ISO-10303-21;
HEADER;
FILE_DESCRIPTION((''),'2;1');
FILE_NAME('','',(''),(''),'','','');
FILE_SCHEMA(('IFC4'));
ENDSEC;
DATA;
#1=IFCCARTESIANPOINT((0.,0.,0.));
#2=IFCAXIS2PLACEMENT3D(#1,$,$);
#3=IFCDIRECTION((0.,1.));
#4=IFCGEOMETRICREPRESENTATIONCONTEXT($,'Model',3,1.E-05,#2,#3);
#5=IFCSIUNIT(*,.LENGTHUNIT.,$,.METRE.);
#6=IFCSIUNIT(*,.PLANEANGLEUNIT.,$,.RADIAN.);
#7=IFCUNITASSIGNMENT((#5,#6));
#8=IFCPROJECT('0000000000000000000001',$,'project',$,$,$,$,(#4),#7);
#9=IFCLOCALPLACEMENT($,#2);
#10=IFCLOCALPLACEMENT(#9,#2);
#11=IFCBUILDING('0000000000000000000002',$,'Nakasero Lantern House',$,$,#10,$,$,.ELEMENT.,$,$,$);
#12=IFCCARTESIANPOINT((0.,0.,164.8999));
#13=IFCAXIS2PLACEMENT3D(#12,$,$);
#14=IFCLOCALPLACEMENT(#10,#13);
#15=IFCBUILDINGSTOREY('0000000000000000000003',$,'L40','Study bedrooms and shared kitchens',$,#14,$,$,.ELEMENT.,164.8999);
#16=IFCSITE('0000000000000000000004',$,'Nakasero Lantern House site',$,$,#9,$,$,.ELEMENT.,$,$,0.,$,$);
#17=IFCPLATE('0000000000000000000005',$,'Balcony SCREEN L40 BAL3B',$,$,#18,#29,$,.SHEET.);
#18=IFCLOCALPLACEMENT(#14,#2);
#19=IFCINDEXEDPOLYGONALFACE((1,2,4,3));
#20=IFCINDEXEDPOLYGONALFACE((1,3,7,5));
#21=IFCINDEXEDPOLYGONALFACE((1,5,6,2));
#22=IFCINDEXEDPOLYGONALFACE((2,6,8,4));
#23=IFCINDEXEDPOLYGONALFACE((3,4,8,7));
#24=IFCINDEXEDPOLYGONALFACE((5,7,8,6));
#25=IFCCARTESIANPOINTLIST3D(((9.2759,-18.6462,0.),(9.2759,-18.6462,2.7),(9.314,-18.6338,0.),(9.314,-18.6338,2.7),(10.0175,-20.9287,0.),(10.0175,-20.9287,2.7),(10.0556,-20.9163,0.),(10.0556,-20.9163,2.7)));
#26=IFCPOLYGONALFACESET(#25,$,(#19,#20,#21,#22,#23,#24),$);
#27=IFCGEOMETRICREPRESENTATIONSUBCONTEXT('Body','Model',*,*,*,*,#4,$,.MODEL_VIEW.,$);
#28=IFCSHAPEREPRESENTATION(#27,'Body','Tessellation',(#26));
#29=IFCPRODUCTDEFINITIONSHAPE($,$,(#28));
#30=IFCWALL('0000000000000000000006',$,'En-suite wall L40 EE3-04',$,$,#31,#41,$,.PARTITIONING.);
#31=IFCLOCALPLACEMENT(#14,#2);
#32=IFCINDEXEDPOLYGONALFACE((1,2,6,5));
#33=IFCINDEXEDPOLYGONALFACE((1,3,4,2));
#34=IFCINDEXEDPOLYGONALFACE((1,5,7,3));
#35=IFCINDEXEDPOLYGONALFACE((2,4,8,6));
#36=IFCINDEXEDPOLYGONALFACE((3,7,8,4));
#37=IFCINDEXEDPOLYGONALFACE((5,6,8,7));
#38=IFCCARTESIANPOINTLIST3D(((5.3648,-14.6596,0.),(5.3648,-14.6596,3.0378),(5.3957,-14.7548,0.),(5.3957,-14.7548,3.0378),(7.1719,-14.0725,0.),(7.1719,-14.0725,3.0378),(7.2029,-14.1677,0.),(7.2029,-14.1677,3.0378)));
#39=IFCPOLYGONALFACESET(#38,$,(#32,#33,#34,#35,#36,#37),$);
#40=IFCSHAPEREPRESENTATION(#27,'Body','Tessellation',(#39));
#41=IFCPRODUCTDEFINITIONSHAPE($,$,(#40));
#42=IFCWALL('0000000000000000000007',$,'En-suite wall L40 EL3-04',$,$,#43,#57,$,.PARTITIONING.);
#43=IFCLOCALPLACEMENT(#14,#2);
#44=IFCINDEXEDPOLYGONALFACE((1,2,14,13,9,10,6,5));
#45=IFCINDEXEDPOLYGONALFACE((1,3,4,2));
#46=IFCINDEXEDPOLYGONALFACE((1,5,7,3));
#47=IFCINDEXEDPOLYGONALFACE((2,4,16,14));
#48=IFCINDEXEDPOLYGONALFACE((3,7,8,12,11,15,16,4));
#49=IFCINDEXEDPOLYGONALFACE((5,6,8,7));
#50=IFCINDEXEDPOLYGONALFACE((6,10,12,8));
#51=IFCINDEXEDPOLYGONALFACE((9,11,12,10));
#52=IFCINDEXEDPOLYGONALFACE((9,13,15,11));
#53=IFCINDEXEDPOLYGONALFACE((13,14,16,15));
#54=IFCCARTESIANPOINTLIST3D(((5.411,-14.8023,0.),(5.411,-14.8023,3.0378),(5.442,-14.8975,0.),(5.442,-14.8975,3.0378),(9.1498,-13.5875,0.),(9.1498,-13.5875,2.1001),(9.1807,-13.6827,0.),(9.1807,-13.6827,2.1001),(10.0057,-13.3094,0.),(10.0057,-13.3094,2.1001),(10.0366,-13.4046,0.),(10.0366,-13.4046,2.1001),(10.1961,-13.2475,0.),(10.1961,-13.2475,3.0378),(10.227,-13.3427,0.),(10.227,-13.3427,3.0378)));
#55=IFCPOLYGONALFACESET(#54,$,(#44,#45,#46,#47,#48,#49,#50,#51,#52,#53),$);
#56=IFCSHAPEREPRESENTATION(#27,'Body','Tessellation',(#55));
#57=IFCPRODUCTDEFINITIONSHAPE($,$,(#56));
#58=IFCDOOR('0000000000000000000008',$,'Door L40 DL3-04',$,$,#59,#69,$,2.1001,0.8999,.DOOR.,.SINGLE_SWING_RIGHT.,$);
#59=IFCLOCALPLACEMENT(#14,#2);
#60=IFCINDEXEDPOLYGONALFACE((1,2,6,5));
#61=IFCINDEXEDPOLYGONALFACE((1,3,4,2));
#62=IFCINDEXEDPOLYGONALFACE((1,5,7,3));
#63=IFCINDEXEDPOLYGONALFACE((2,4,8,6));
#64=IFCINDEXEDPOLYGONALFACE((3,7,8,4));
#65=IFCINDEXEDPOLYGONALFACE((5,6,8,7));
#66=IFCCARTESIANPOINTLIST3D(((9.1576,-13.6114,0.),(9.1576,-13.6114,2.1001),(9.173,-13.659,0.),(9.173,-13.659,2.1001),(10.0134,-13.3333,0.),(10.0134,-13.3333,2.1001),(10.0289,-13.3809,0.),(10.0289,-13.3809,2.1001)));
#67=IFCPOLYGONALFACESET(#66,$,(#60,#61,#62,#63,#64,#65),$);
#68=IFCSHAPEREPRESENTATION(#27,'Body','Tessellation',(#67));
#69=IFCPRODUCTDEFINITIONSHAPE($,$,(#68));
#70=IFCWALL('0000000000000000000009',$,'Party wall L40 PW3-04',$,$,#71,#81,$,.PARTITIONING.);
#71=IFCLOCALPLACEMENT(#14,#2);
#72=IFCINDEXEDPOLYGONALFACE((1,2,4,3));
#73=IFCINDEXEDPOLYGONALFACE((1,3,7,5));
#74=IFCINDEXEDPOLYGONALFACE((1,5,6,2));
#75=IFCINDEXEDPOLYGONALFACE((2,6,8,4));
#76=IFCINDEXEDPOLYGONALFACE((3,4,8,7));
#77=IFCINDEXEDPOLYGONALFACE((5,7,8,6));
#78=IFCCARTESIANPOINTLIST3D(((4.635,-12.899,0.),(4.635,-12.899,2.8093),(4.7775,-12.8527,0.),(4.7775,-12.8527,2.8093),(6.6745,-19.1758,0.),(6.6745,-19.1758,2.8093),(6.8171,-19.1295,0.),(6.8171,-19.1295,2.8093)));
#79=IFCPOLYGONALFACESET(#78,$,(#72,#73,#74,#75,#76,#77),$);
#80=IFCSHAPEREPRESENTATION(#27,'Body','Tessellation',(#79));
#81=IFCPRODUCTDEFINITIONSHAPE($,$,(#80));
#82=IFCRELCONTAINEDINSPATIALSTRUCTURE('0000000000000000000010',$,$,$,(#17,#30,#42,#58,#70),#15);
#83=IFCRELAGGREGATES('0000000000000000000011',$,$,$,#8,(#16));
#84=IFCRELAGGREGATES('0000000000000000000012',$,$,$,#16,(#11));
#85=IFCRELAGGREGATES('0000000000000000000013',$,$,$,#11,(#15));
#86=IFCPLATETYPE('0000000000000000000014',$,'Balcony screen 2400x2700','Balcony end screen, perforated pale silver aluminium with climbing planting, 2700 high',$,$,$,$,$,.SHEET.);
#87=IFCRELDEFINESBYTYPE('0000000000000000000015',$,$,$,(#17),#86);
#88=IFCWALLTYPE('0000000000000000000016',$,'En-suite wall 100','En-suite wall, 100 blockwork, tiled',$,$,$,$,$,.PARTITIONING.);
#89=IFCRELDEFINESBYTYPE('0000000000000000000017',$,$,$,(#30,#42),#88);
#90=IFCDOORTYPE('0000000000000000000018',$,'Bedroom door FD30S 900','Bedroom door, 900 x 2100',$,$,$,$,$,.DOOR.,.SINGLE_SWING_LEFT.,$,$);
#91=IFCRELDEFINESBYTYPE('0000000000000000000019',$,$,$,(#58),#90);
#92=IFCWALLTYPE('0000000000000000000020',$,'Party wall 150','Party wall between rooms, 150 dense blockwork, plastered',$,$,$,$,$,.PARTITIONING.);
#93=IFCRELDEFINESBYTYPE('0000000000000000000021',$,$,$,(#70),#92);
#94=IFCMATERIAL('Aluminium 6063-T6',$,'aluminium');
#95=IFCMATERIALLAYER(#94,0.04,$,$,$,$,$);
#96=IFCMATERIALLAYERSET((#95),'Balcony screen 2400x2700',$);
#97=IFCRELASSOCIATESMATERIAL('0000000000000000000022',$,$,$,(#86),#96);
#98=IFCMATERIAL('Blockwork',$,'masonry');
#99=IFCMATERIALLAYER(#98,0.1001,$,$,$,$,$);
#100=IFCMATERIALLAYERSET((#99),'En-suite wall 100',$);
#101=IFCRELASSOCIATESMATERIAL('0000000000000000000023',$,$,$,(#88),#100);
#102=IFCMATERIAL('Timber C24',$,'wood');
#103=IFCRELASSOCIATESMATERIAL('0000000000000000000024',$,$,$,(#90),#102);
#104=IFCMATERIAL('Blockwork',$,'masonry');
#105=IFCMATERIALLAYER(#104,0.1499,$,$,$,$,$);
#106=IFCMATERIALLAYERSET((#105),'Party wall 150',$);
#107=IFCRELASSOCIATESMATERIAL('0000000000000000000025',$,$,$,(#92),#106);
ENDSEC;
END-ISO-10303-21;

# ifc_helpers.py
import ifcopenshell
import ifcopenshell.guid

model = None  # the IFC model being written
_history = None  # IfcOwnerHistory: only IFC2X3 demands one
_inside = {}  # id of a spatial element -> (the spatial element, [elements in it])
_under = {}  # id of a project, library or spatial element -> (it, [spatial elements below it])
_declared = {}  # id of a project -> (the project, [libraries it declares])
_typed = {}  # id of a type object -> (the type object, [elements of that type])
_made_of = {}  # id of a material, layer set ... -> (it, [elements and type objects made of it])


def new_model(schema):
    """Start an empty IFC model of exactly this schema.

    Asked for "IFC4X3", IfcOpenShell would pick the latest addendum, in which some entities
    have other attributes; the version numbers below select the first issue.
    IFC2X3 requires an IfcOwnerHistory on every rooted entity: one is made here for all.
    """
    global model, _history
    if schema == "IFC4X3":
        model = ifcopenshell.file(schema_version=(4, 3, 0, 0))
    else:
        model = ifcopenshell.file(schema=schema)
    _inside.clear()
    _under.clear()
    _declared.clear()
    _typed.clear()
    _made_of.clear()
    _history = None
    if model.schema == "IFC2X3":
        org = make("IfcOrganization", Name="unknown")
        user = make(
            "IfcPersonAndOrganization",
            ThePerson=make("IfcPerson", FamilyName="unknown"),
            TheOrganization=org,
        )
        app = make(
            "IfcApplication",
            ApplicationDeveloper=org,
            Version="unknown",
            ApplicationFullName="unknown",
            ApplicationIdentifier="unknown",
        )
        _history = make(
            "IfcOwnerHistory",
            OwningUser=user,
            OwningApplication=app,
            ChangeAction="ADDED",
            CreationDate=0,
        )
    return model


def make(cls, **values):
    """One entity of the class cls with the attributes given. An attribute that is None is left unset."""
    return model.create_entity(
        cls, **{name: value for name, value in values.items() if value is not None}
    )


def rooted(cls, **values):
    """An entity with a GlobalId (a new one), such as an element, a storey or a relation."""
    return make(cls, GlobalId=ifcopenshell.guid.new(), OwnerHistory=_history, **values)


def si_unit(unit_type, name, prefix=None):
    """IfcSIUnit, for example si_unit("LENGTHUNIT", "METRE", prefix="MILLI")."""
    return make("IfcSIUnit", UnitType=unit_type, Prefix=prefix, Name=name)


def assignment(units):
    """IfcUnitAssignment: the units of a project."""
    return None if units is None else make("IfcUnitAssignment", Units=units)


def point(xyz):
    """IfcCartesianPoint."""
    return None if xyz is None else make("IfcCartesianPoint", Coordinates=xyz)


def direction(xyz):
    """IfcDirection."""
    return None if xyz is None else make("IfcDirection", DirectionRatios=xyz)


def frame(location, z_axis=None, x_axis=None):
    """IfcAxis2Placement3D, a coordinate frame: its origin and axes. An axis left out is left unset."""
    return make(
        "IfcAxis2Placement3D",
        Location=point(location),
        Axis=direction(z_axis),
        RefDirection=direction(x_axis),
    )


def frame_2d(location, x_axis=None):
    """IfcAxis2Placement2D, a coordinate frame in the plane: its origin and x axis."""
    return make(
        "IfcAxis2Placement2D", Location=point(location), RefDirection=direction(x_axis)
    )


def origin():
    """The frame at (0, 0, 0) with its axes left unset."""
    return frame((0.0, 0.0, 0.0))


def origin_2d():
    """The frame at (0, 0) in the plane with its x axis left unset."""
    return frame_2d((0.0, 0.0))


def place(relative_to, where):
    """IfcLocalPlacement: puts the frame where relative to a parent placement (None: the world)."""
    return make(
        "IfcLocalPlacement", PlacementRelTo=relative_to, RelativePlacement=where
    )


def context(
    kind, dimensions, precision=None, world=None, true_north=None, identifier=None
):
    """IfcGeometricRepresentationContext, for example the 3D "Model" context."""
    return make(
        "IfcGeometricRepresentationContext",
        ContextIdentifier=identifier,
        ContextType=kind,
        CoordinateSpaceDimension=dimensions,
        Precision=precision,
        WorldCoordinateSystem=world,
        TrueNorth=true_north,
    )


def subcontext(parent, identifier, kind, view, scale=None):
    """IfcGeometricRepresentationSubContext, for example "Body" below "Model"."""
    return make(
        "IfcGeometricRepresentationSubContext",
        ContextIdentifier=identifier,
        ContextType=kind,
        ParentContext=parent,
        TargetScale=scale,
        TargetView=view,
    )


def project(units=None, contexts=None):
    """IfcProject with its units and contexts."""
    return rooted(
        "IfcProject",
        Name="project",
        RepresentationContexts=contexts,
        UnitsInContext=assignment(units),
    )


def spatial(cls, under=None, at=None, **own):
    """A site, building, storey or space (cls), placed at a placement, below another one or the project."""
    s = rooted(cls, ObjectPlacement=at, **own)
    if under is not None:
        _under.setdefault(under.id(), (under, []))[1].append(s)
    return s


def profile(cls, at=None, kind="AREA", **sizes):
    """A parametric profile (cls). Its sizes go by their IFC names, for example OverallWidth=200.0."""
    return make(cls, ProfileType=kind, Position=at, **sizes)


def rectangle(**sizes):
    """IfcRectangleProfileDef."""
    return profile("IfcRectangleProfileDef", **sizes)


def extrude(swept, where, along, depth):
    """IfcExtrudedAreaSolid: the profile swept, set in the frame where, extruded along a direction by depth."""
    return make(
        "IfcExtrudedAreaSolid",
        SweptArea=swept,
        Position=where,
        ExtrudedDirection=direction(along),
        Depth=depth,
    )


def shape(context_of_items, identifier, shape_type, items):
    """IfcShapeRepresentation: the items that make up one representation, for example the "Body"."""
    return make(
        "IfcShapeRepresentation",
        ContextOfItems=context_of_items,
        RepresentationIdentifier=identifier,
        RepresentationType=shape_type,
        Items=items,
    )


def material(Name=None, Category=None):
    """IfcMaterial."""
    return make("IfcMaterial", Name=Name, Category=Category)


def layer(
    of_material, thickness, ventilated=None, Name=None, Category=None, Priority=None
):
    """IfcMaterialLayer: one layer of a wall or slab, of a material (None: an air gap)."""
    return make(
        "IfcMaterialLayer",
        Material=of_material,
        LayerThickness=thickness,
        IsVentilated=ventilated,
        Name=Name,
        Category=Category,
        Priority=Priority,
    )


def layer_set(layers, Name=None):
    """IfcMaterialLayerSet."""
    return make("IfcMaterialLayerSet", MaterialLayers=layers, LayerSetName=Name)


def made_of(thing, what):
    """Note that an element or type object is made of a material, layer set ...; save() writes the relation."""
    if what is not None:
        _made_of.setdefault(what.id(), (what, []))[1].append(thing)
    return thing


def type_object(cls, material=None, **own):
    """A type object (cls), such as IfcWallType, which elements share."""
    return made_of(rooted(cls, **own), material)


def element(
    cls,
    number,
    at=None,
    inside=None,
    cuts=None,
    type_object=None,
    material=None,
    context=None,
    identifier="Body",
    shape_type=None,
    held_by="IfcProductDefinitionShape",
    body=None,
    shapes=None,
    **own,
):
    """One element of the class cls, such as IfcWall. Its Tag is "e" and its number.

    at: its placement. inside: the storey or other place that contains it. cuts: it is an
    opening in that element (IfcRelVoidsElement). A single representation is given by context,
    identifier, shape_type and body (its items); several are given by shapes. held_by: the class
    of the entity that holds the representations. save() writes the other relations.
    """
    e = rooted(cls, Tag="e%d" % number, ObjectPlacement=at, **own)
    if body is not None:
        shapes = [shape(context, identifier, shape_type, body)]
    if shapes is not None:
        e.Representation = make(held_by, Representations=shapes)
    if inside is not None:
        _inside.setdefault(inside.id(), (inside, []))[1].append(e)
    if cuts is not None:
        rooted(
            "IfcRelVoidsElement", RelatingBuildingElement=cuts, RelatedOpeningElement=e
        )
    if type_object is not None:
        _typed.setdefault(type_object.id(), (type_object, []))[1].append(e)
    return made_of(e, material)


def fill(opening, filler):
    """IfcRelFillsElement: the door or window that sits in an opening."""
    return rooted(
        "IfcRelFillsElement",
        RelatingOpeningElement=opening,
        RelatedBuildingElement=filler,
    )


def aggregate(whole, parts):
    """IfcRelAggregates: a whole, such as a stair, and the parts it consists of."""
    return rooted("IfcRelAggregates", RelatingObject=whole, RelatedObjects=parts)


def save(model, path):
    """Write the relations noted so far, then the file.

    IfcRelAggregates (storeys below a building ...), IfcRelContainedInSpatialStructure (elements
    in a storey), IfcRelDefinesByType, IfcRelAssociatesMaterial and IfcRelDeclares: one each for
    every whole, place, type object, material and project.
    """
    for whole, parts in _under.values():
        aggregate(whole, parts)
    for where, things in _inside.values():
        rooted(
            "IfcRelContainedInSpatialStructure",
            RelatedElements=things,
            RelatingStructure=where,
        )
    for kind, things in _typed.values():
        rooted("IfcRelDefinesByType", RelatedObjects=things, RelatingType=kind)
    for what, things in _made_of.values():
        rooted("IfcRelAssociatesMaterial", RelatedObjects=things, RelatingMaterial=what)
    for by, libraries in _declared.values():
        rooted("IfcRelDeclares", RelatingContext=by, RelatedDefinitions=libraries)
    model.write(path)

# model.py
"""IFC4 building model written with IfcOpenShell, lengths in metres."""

from ifc_helpers import new_model, si_unit, direction, frame, frame_2d, origin, origin_2d, place, context, subcontext, project, spatial, rectangle, extrude, material, layer, layer_set, type_object, element, fill, save


model = new_model("IFC4")

# Units and contexts
model_context = context("Model", 3, precision=1e-05, world=origin(), true_north=direction((0.0, 1.0)))
body_context = subcontext(model_context, "Body", "Model", "MODEL_VIEW")
ifc_project = project(units=[si_unit("LENGTHUNIT", "METRE"), si_unit("PLANEANGLEUNIT", "RADIAN")], contexts=[model_context])

# Site, building, storey
site_placement = place(None, origin())
site = spatial("IfcSite", under=ifc_project, at=site_placement, Name="Nakasero Lantern House site", CompositionType="ELEMENT", RefElevation=0.0)
building_placement = place(site_placement, origin())
building = spatial("IfcBuilding", under=site, at=building_placement, Name="Nakasero Lantern House", CompositionType="ELEMENT")
storey_placement = place(building_placement, frame((0.0, 0.0, 164.8999)))
storey = spatial("IfcBuildingStorey", under=building, at=storey_placement, Name="L40", Description="Study bedrooms and shared kitchens", CompositionType="ELEMENT", Elevation=164.8999)

# Plate
ifc_material_1 = material(Name="Aluminium 6063-T6", Category="aluminium")
ifc_layer_1 = layer(ifc_material_1, 0.04)
ifc_layer_set_1 = layer_set([ifc_layer_1], Name="Balcony screen 2400x2700")
plate_type_1 = type_object("IfcPlateType", Name="Balcony screen 2400x2700", Description="Balcony end screen, perforated pale silver aluminium with climbing planting, 2700 high", PredefinedType="SHEET", material=ifc_layer_set_1)
for number, where, z_axis, x_axis, name in (
    (1, (9.6658, -19.7812, 0.0), (0.0, 0.0, 1.0), (0.309017, -0.951057, 0.0), "Balcony SCREEN L40 BAL3B"),
):
    element("IfcPlate", number, at=place(storey_placement, frame(where, z_axis=z_axis, x_axis=x_axis)), inside=storey, type_object=plate_type_1, Name=name, PredefinedType="SHEET", context=body_context, shape_type="SweptSolid", body=[
        extrude(rectangle(XDim=2.3999, YDim=0.04, at=origin_2d()), origin(), (0.0, 0.0, 1.0), 2.7),
    ])

# Wall
ifc_material_2 = material(Name="Blockwork", Category="masonry")
ifc_layer_2 = layer(ifc_material_2, 0.1001)
ifc_layer_set_2 = layer_set([ifc_layer_2], Name="En-suite wall 100")
wall_type_1 = type_object("IfcWallType", Name="En-suite wall 100", Description="En-suite wall, 100 blockwork, tiled", PredefinedType="PARTITIONING", material=ifc_layer_set_2)
wall_1_placement = place(storey_placement, frame((5.3801, -14.7073, 0.0), z_axis=(0.0, 0.0, 1.0), x_axis=(0.951059, 0.309011, 0.0)))
element("IfcWall", 2, at=wall_1_placement, inside=storey, type_object=wall_type_1, Name="En-suite wall L40 EE3-04", PredefinedType="PARTITIONING", context=body_context, shape_type="SweptSolid", body=[
    extrude(rectangle(XDim=1.9001, YDim=0.1001, at=frame_2d((0.9502, 0.0))), origin(), (0.0, 0.0, 1.0), 3.0378),
])

# Wall, opening, door
wall_2_placement = place(storey_placement, frame((5.4265, -14.8499, 0.0), z_axis=(0.0, 0.0, 1.0), x_axis=(0.951058, 0.309013, 0.0)))
wall_2 = element("IfcWall", 3, at=wall_2_placement, inside=storey, type_object=wall_type_1, Name="En-suite wall L40 EL3-04", PredefinedType="PARTITIONING", context=body_context, shape_type="SweptSolid", body=[
    extrude(rectangle(XDim=5.0312, YDim=0.1001, at=frame_2d((2.5156, 0.0))), origin(), (0.0, 0.0, 1.0), 3.0378),
])
opening_placement = place(wall_2_placement, frame((3.9312, 0.0, 0.0)))
opening = element("IfcOpeningElement", 4, at=opening_placement, cuts=wall_2, PredefinedType="OPENING", context=body_context, shape_type="SweptSolid", body=[
    extrude(rectangle(XDim=0.8999, YDim=2.1001, at=frame_2d((0.45, 1.05))), frame((0.0, 0.0701, 0.0), z_axis=(0.0, -1.0, 0.0), x_axis=(1.0, 0.0, 0.0)), (0.0, 0.0, 1.0), 0.1401),
])
ifc_material_3 = material(Name="Timber C24", Category="wood")
door_type = type_object("IfcDoorType", Name="Bedroom door FD30S 900", Description="Bedroom door, 900 x 2100", OperationType="SINGLE_SWING_LEFT", PredefinedType="DOOR", material=ifc_material_3)
door_placement = place(opening_placement, origin())
door = element("IfcDoor", 5, at=door_placement, inside=storey, type_object=door_type, Name="Door L40 DL3-04", OperationType="SINGLE_SWING_RIGHT", OverallHeight=2.1001, OverallWidth=0.8999, PredefinedType="DOOR", context=body_context, shape_type="SweptSolid", body=[
    extrude(rectangle(XDim=0.8999, YDim=2.1001, at=frame_2d((0.45, 1.05))), frame((0.0, 0.0249, 0.0), z_axis=(0.0, -1.0, 0.0), x_axis=(1.0, 0.0, 0.0)), (0.0, 0.0, 1.0), 0.05),
])
fill(opening, door)

# Wall
ifc_material_4 = material(Name="Blockwork", Category="masonry")
ifc_layer_3 = layer(ifc_material_4, 0.1499)
ifc_layer_set_3 = layer_set([ifc_layer_3], Name="Party wall 150")
wall_type_2 = type_object("IfcWallType", Name="Party wall 150", Description="Party wall between rooms, 150 dense blockwork, plastered", PredefinedType="PARTITIONING", material=ifc_layer_set_3)
wall_3_placement = place(storey_placement, frame((4.7063, -12.876, 0.0), z_axis=(0.0, 0.0, 1.0), x_axis=(0.309028, -0.951053, 0.0)))
element("IfcWall", 6, at=wall_3_placement, inside=storey, type_object=wall_type_2, Name="Party wall L40 PW3-04", PredefinedType="PARTITIONING", context=body_context, shape_type="SweptSolid", body=[
    extrude(rectangle(XDim=6.5999, YDim=0.1499, at=frame_2d((3.2998, 0.0))), origin(), (0.0, 0.0, 1.0), 2.8093),
])

save(model, "model.ifc")
